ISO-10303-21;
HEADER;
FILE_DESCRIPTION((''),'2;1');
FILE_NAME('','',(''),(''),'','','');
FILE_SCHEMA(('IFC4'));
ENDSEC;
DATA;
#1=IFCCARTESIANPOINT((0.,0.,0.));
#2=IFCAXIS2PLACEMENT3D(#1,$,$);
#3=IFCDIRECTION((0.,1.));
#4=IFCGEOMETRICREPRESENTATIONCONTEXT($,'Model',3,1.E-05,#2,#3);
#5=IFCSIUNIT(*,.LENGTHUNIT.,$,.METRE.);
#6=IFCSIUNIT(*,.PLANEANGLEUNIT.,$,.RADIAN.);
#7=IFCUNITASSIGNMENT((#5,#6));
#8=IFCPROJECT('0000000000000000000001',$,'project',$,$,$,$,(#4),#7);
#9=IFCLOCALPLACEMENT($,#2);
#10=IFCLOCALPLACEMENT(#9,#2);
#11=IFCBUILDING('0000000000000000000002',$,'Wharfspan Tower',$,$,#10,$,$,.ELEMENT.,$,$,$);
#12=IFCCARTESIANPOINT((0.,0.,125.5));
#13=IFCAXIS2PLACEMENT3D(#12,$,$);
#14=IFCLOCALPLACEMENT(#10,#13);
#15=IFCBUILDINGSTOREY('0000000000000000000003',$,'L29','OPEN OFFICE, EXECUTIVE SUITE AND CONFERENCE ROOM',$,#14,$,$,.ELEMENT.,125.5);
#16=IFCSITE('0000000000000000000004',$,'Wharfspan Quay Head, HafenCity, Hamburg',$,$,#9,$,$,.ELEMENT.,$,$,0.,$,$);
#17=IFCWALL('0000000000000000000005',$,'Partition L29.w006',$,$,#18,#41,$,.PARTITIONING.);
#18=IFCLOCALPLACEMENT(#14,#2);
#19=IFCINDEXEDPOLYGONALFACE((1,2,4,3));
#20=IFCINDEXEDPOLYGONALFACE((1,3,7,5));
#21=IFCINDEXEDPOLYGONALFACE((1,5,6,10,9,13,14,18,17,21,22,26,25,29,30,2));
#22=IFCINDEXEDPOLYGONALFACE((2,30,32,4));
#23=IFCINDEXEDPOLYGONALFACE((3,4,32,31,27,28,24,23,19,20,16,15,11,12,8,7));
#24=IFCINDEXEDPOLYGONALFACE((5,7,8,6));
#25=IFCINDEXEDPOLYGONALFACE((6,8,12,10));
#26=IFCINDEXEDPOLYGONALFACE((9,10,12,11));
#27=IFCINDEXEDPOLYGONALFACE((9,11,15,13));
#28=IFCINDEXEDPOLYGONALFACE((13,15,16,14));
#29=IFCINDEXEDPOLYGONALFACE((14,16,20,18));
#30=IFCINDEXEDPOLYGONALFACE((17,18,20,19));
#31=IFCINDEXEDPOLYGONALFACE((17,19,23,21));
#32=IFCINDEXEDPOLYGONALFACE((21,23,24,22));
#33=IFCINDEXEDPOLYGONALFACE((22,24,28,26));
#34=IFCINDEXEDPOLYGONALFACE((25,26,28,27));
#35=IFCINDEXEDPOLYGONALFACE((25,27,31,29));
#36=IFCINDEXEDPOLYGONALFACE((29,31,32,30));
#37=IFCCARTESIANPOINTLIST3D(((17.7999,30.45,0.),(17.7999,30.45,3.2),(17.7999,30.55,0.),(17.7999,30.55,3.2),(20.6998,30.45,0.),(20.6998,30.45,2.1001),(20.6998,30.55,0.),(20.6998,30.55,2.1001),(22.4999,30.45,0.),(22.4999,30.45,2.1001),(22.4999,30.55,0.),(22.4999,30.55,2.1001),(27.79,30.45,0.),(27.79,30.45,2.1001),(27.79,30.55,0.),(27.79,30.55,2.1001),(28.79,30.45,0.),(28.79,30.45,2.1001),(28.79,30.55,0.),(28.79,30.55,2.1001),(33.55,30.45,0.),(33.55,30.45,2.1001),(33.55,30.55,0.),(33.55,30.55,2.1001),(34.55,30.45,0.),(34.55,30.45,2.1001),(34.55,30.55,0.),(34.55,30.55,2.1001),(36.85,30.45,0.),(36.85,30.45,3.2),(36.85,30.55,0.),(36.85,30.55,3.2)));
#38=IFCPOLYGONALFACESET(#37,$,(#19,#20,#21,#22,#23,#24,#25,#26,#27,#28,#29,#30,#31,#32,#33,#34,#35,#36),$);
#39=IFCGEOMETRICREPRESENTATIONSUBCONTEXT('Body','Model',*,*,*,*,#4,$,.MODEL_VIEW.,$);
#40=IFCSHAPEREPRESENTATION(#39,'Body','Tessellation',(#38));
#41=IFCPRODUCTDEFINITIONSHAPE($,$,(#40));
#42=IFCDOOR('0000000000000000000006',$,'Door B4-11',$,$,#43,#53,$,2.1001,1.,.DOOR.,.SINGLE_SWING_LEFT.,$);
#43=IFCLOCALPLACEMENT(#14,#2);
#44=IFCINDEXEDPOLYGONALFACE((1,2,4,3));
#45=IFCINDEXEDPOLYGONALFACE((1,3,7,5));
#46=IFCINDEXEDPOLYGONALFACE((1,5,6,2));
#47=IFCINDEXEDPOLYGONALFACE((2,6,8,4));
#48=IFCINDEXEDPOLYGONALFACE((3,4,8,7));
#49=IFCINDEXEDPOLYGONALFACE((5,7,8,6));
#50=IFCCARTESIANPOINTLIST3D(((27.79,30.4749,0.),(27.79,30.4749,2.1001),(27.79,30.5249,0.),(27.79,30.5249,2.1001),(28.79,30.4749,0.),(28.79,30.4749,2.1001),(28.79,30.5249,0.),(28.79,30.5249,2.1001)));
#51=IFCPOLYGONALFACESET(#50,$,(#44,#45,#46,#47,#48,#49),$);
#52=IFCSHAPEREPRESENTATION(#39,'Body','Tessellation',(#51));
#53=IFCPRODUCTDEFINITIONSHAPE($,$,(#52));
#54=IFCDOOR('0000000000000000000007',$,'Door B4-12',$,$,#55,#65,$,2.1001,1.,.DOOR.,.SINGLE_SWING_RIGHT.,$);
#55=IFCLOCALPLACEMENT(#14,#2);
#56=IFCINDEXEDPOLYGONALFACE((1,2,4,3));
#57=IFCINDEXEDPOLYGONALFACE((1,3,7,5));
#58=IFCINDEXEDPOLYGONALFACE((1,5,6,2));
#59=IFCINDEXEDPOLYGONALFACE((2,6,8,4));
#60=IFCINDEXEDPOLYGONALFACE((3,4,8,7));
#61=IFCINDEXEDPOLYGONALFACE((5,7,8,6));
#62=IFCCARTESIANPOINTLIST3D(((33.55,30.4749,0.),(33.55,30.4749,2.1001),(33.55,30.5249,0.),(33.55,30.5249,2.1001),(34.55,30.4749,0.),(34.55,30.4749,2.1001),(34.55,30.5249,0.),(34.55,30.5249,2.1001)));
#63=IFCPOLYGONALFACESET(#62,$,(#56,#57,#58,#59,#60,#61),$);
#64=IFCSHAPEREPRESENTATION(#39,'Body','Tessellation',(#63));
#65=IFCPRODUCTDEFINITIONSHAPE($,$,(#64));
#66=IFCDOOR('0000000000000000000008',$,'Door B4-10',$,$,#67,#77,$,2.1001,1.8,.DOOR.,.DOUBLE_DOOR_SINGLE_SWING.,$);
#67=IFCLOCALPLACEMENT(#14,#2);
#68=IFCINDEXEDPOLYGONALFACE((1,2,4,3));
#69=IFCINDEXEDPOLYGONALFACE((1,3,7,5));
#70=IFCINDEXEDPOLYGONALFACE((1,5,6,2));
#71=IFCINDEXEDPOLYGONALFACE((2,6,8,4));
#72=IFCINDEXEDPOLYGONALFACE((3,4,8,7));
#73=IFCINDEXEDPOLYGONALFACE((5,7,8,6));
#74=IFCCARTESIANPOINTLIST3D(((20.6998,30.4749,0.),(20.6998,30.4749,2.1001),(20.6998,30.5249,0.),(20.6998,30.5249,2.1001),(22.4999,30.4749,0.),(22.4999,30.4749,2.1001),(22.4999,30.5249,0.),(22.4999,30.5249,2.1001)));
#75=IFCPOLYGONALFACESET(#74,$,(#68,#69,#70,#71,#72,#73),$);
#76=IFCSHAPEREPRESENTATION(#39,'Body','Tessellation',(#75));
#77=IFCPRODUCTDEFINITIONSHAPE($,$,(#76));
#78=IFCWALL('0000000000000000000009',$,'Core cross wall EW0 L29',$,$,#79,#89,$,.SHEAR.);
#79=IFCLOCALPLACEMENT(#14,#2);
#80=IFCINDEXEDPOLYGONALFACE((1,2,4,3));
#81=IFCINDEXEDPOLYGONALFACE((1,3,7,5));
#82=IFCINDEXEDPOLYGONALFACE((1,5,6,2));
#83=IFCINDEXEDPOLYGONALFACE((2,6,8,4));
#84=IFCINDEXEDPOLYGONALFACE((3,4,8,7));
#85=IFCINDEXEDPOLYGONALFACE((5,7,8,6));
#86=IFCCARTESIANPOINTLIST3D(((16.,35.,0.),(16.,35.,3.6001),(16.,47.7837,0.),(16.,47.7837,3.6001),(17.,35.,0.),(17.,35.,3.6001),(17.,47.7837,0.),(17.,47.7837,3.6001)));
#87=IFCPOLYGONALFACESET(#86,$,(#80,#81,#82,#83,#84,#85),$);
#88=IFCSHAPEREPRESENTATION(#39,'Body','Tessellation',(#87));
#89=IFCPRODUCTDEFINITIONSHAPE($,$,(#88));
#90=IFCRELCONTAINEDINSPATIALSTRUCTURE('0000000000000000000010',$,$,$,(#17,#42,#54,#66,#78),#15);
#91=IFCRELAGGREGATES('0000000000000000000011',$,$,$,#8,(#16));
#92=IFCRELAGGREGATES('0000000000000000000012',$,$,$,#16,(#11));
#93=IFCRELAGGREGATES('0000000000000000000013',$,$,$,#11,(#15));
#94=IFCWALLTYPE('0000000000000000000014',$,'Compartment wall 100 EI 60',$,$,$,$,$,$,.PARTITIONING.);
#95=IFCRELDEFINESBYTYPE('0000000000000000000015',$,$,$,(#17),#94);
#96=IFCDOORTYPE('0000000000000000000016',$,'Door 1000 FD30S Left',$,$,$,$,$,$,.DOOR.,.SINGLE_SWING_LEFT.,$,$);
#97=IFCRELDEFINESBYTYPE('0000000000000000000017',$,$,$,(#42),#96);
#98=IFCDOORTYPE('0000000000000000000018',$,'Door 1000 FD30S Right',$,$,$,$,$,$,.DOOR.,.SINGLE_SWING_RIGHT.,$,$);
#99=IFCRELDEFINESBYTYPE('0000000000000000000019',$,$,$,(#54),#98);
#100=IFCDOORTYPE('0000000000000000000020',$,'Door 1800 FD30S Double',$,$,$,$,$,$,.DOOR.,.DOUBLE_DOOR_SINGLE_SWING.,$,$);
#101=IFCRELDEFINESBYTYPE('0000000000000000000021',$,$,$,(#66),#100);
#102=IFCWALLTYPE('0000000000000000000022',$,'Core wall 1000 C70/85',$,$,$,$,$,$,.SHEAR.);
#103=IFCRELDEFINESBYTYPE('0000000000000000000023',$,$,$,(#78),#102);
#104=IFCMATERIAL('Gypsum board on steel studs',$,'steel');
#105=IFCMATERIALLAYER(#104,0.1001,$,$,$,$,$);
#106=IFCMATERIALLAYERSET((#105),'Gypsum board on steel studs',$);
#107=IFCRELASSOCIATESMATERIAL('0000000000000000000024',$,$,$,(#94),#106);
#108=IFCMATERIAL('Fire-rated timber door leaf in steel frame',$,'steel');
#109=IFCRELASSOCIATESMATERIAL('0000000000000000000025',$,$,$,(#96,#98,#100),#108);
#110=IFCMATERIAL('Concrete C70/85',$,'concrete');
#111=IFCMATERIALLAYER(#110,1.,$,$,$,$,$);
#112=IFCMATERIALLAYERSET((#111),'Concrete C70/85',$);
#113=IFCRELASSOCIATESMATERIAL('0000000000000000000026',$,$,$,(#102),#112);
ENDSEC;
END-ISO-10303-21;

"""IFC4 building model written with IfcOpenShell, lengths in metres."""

from ifc_helpers import new_model, si_unit, direction, frame, frame_2d, origin, place, context, subcontext, project, spatial, rectangle, extrude, material, layer, layer_set, type_object, element, fill, save


model = new_model("IFC4")

# Units and contexts
model_context = context("Model", 3, precision=1e-05, world=origin(), true_north=direction((0.0, 1.0)))
body_context = subcontext(model_context, "Body", "Model", "MODEL_VIEW")
ifc_project = project(units=[si_unit("LENGTHUNIT", "METRE"), si_unit("PLANEANGLEUNIT", "RADIAN")], contexts=[model_context])

# Site, building, storey
site_placement = place(None, origin())
site = spatial("IfcSite", under=ifc_project, at=site_placement, Name="Wharfspan Quay Head, HafenCity, Hamburg", CompositionType="ELEMENT", RefElevation=0.0)
building_placement = place(site_placement, origin())
building = spatial("IfcBuilding", under=site, at=building_placement, Name="Wharfspan Tower", CompositionType="ELEMENT")
storey_placement = place(building_placement, frame((0.0, 0.0, 125.5)))
storey = spatial("IfcBuildingStorey", under=building, at=storey_placement, Name="L29", Description="OPEN OFFICE, EXECUTIVE SUITE AND CONFERENCE ROOM", CompositionType="ELEMENT", Elevation=125.5)

# Wall, openings, doors
ifc_material_1 = material(Name="Gypsum board on steel studs", Category="steel")
ifc_layer_1 = layer(ifc_material_1, 0.1001)
ifc_layer_set_1 = layer_set([ifc_layer_1], Name="Gypsum board on steel studs")
wall_type_1 = type_object("IfcWallType", Name="Compartment wall 100 EI 60", PredefinedType="PARTITIONING", material=ifc_layer_set_1)
wall_1_placement = place(storey_placement, frame((17.8, 30.5, 0.0), z_axis=(0.0, 0.0, 1.0), x_axis=(1.0, 0.0, 0.0)))
wall_1 = element("IfcWall", 1, at=wall_1_placement, inside=storey, type_object=wall_type_1, Name="Partition L29.w006", PredefinedType="PARTITIONING", context=body_context, shape_type="SweptSolid", body=[
    extrude(rectangle(XDim=19.05, YDim=0.1001, at=frame_2d((9.5249, 0.0))), origin(), (0.0, 0.0, 1.0), 3.2),
])
opening_1_placement = place(wall_1_placement, frame((2.8999, 0.0, 0.0)))
opening_1 = element("IfcOpeningElement", 2, at=opening_1_placement, cuts=wall_1, PredefinedType="OPENING", context=body_context, shape_type="SweptSolid", body=[
    extrude(rectangle(XDim=1.8, YDim=2.1001, at=frame_2d((0.8999, 1.05))), frame((0.0, 0.0601, 0.0), z_axis=(0.0, -1.0, 0.0), x_axis=(1.0, 0.0, 0.0)), (0.0, 0.0, 1.0), 0.1201),
])
opening_2_placement = place(wall_1_placement, frame((9.99, 0.0, 0.0)))
opening_2 = element("IfcOpeningElement", 3, at=opening_2_placement, cuts=wall_1, PredefinedType="OPENING", context=body_context, shape_type="SweptSolid", body=[
    extrude(rectangle(XDim=1.0, YDim=2.1001, at=frame_2d((0.5, 1.05))), frame((0.0, 0.0601, 0.0), z_axis=(0.0, -1.0, 0.0), x_axis=(1.0, 0.0, 0.0)), (0.0, 0.0, 1.0), 0.1201),
])
opening_3_placement = place(wall_1_placement, frame((15.75, 0.0, 0.0)))
opening_3 = element("IfcOpeningElement", 4, at=opening_3_placement, cuts=wall_1, PredefinedType="OPENING", context=body_context, shape_type="SweptSolid", body=[
    extrude(rectangle(XDim=1.0, YDim=2.1001, at=frame_2d((0.5, 1.05))), frame((0.0, 0.0601, 0.0), z_axis=(0.0, -1.0, 0.0), x_axis=(1.0, 0.0, 0.0)), (0.0, 0.0, 1.0), 0.1201),
])
ifc_material_2 = material(Name="Fire-rated timber door leaf in steel frame", Category="steel")
door_type_1 = type_object("IfcDoorType", Name="Door 1000 FD30S Left", OperationType="SINGLE_SWING_LEFT", PredefinedType="DOOR", material=ifc_material_2)
door_1_placement = place(opening_2_placement, origin())
door_1 = element("IfcDoor", 5, at=door_1_placement, inside=storey, type_object=door_type_1, Name="Door B4-11", OperationType="SINGLE_SWING_LEFT", OverallHeight=2.1001, OverallWidth=1.0, PredefinedType="DOOR", context=body_context, shape_type="SweptSolid", body=[
    extrude(rectangle(XDim=1.0, YDim=2.1001, at=frame_2d((0.5, 1.05))), frame((0.0, 0.0249, 0.0), z_axis=(0.0, -1.0, 0.0), x_axis=(1.0, 0.0, 0.0)), (0.0, 0.0, 1.0), 0.05),
])
fill(opening_2, door_1)
door_type_2 = type_object("IfcDoorType", Name="Door 1000 FD30S Right", OperationType="SINGLE_SWING_RIGHT", PredefinedType="DOOR", material=ifc_material_2)
door_2_placement = place(opening_3_placement, origin())
door_2 = element("IfcDoor", 6, at=door_2_placement, inside=storey, type_object=door_type_2, Name="Door B4-12", OperationType="SINGLE_SWING_RIGHT", OverallHeight=2.1001, OverallWidth=1.0, PredefinedType="DOOR", context=body_context, shape_type="SweptSolid", body=[
    extrude(rectangle(XDim=1.0, YDim=2.1001, at=frame_2d((0.5, 1.05))), frame((0.0, 0.0249, 0.0), z_axis=(0.0, -1.0, 0.0), x_axis=(1.0, 0.0, 0.0)), (0.0, 0.0, 1.0), 0.05),
])
fill(opening_3, door_2)
door_type_3 = type_object("IfcDoorType", Name="Door 1800 FD30S Double", OperationType="DOUBLE_DOOR_SINGLE_SWING", PredefinedType="DOOR", material=ifc_material_2)
door_3_placement = place(opening_1_placement, origin())
door_3 = element("IfcDoor", 7, at=door_3_placement, inside=storey, type_object=door_type_3, Name="Door B4-10", OperationType="DOUBLE_DOOR_SINGLE_SWING", OverallHeight=2.1001, OverallWidth=1.8, PredefinedType="DOOR", context=body_context, shape_type="SweptSolid", body=[
    extrude(rectangle(XDim=1.8, YDim=2.1001, at=frame_2d((0.8999, 1.05))), frame((0.0, 0.0249, 0.0), z_axis=(0.0, -1.0, 0.0), x_axis=(1.0, 0.0, 0.0)), (0.0, 0.0, 1.0), 0.05),
])
fill(opening_1, door_3)
ifc_material_3 = material(Name="Concrete C70/85", Category="concrete")
ifc_layer_2 = layer(ifc_material_3, 1.0)
ifc_layer_set_2 = layer_set([ifc_layer_2], Name="Concrete C70/85")
wall_type_2 = type_object("IfcWallType", Name="Core wall 1000 C70/85", PredefinedType="SHEAR", material=ifc_layer_set_2)

# Wall
wall_2_placement = place(storey_placement, frame((16.5, 35.0, 0.0), z_axis=(0.0, 0.0, 1.0), x_axis=(0.0, 1.0, 0.0)))
element("IfcWall", 8, at=wall_2_placement, inside=storey, type_object=wall_type_2, Name="Core cross wall EW0 L29", PredefinedType="SHEAR", context=body_context, shape_type="SweptSolid", body=[
    extrude(rectangle(XDim=12.7837, YDim=1.0, at=frame_2d((6.3918, 0.0))), origin(), (0.0, 0.0, 1.0), 3.6001),
])

save(model, "model.ifc")
